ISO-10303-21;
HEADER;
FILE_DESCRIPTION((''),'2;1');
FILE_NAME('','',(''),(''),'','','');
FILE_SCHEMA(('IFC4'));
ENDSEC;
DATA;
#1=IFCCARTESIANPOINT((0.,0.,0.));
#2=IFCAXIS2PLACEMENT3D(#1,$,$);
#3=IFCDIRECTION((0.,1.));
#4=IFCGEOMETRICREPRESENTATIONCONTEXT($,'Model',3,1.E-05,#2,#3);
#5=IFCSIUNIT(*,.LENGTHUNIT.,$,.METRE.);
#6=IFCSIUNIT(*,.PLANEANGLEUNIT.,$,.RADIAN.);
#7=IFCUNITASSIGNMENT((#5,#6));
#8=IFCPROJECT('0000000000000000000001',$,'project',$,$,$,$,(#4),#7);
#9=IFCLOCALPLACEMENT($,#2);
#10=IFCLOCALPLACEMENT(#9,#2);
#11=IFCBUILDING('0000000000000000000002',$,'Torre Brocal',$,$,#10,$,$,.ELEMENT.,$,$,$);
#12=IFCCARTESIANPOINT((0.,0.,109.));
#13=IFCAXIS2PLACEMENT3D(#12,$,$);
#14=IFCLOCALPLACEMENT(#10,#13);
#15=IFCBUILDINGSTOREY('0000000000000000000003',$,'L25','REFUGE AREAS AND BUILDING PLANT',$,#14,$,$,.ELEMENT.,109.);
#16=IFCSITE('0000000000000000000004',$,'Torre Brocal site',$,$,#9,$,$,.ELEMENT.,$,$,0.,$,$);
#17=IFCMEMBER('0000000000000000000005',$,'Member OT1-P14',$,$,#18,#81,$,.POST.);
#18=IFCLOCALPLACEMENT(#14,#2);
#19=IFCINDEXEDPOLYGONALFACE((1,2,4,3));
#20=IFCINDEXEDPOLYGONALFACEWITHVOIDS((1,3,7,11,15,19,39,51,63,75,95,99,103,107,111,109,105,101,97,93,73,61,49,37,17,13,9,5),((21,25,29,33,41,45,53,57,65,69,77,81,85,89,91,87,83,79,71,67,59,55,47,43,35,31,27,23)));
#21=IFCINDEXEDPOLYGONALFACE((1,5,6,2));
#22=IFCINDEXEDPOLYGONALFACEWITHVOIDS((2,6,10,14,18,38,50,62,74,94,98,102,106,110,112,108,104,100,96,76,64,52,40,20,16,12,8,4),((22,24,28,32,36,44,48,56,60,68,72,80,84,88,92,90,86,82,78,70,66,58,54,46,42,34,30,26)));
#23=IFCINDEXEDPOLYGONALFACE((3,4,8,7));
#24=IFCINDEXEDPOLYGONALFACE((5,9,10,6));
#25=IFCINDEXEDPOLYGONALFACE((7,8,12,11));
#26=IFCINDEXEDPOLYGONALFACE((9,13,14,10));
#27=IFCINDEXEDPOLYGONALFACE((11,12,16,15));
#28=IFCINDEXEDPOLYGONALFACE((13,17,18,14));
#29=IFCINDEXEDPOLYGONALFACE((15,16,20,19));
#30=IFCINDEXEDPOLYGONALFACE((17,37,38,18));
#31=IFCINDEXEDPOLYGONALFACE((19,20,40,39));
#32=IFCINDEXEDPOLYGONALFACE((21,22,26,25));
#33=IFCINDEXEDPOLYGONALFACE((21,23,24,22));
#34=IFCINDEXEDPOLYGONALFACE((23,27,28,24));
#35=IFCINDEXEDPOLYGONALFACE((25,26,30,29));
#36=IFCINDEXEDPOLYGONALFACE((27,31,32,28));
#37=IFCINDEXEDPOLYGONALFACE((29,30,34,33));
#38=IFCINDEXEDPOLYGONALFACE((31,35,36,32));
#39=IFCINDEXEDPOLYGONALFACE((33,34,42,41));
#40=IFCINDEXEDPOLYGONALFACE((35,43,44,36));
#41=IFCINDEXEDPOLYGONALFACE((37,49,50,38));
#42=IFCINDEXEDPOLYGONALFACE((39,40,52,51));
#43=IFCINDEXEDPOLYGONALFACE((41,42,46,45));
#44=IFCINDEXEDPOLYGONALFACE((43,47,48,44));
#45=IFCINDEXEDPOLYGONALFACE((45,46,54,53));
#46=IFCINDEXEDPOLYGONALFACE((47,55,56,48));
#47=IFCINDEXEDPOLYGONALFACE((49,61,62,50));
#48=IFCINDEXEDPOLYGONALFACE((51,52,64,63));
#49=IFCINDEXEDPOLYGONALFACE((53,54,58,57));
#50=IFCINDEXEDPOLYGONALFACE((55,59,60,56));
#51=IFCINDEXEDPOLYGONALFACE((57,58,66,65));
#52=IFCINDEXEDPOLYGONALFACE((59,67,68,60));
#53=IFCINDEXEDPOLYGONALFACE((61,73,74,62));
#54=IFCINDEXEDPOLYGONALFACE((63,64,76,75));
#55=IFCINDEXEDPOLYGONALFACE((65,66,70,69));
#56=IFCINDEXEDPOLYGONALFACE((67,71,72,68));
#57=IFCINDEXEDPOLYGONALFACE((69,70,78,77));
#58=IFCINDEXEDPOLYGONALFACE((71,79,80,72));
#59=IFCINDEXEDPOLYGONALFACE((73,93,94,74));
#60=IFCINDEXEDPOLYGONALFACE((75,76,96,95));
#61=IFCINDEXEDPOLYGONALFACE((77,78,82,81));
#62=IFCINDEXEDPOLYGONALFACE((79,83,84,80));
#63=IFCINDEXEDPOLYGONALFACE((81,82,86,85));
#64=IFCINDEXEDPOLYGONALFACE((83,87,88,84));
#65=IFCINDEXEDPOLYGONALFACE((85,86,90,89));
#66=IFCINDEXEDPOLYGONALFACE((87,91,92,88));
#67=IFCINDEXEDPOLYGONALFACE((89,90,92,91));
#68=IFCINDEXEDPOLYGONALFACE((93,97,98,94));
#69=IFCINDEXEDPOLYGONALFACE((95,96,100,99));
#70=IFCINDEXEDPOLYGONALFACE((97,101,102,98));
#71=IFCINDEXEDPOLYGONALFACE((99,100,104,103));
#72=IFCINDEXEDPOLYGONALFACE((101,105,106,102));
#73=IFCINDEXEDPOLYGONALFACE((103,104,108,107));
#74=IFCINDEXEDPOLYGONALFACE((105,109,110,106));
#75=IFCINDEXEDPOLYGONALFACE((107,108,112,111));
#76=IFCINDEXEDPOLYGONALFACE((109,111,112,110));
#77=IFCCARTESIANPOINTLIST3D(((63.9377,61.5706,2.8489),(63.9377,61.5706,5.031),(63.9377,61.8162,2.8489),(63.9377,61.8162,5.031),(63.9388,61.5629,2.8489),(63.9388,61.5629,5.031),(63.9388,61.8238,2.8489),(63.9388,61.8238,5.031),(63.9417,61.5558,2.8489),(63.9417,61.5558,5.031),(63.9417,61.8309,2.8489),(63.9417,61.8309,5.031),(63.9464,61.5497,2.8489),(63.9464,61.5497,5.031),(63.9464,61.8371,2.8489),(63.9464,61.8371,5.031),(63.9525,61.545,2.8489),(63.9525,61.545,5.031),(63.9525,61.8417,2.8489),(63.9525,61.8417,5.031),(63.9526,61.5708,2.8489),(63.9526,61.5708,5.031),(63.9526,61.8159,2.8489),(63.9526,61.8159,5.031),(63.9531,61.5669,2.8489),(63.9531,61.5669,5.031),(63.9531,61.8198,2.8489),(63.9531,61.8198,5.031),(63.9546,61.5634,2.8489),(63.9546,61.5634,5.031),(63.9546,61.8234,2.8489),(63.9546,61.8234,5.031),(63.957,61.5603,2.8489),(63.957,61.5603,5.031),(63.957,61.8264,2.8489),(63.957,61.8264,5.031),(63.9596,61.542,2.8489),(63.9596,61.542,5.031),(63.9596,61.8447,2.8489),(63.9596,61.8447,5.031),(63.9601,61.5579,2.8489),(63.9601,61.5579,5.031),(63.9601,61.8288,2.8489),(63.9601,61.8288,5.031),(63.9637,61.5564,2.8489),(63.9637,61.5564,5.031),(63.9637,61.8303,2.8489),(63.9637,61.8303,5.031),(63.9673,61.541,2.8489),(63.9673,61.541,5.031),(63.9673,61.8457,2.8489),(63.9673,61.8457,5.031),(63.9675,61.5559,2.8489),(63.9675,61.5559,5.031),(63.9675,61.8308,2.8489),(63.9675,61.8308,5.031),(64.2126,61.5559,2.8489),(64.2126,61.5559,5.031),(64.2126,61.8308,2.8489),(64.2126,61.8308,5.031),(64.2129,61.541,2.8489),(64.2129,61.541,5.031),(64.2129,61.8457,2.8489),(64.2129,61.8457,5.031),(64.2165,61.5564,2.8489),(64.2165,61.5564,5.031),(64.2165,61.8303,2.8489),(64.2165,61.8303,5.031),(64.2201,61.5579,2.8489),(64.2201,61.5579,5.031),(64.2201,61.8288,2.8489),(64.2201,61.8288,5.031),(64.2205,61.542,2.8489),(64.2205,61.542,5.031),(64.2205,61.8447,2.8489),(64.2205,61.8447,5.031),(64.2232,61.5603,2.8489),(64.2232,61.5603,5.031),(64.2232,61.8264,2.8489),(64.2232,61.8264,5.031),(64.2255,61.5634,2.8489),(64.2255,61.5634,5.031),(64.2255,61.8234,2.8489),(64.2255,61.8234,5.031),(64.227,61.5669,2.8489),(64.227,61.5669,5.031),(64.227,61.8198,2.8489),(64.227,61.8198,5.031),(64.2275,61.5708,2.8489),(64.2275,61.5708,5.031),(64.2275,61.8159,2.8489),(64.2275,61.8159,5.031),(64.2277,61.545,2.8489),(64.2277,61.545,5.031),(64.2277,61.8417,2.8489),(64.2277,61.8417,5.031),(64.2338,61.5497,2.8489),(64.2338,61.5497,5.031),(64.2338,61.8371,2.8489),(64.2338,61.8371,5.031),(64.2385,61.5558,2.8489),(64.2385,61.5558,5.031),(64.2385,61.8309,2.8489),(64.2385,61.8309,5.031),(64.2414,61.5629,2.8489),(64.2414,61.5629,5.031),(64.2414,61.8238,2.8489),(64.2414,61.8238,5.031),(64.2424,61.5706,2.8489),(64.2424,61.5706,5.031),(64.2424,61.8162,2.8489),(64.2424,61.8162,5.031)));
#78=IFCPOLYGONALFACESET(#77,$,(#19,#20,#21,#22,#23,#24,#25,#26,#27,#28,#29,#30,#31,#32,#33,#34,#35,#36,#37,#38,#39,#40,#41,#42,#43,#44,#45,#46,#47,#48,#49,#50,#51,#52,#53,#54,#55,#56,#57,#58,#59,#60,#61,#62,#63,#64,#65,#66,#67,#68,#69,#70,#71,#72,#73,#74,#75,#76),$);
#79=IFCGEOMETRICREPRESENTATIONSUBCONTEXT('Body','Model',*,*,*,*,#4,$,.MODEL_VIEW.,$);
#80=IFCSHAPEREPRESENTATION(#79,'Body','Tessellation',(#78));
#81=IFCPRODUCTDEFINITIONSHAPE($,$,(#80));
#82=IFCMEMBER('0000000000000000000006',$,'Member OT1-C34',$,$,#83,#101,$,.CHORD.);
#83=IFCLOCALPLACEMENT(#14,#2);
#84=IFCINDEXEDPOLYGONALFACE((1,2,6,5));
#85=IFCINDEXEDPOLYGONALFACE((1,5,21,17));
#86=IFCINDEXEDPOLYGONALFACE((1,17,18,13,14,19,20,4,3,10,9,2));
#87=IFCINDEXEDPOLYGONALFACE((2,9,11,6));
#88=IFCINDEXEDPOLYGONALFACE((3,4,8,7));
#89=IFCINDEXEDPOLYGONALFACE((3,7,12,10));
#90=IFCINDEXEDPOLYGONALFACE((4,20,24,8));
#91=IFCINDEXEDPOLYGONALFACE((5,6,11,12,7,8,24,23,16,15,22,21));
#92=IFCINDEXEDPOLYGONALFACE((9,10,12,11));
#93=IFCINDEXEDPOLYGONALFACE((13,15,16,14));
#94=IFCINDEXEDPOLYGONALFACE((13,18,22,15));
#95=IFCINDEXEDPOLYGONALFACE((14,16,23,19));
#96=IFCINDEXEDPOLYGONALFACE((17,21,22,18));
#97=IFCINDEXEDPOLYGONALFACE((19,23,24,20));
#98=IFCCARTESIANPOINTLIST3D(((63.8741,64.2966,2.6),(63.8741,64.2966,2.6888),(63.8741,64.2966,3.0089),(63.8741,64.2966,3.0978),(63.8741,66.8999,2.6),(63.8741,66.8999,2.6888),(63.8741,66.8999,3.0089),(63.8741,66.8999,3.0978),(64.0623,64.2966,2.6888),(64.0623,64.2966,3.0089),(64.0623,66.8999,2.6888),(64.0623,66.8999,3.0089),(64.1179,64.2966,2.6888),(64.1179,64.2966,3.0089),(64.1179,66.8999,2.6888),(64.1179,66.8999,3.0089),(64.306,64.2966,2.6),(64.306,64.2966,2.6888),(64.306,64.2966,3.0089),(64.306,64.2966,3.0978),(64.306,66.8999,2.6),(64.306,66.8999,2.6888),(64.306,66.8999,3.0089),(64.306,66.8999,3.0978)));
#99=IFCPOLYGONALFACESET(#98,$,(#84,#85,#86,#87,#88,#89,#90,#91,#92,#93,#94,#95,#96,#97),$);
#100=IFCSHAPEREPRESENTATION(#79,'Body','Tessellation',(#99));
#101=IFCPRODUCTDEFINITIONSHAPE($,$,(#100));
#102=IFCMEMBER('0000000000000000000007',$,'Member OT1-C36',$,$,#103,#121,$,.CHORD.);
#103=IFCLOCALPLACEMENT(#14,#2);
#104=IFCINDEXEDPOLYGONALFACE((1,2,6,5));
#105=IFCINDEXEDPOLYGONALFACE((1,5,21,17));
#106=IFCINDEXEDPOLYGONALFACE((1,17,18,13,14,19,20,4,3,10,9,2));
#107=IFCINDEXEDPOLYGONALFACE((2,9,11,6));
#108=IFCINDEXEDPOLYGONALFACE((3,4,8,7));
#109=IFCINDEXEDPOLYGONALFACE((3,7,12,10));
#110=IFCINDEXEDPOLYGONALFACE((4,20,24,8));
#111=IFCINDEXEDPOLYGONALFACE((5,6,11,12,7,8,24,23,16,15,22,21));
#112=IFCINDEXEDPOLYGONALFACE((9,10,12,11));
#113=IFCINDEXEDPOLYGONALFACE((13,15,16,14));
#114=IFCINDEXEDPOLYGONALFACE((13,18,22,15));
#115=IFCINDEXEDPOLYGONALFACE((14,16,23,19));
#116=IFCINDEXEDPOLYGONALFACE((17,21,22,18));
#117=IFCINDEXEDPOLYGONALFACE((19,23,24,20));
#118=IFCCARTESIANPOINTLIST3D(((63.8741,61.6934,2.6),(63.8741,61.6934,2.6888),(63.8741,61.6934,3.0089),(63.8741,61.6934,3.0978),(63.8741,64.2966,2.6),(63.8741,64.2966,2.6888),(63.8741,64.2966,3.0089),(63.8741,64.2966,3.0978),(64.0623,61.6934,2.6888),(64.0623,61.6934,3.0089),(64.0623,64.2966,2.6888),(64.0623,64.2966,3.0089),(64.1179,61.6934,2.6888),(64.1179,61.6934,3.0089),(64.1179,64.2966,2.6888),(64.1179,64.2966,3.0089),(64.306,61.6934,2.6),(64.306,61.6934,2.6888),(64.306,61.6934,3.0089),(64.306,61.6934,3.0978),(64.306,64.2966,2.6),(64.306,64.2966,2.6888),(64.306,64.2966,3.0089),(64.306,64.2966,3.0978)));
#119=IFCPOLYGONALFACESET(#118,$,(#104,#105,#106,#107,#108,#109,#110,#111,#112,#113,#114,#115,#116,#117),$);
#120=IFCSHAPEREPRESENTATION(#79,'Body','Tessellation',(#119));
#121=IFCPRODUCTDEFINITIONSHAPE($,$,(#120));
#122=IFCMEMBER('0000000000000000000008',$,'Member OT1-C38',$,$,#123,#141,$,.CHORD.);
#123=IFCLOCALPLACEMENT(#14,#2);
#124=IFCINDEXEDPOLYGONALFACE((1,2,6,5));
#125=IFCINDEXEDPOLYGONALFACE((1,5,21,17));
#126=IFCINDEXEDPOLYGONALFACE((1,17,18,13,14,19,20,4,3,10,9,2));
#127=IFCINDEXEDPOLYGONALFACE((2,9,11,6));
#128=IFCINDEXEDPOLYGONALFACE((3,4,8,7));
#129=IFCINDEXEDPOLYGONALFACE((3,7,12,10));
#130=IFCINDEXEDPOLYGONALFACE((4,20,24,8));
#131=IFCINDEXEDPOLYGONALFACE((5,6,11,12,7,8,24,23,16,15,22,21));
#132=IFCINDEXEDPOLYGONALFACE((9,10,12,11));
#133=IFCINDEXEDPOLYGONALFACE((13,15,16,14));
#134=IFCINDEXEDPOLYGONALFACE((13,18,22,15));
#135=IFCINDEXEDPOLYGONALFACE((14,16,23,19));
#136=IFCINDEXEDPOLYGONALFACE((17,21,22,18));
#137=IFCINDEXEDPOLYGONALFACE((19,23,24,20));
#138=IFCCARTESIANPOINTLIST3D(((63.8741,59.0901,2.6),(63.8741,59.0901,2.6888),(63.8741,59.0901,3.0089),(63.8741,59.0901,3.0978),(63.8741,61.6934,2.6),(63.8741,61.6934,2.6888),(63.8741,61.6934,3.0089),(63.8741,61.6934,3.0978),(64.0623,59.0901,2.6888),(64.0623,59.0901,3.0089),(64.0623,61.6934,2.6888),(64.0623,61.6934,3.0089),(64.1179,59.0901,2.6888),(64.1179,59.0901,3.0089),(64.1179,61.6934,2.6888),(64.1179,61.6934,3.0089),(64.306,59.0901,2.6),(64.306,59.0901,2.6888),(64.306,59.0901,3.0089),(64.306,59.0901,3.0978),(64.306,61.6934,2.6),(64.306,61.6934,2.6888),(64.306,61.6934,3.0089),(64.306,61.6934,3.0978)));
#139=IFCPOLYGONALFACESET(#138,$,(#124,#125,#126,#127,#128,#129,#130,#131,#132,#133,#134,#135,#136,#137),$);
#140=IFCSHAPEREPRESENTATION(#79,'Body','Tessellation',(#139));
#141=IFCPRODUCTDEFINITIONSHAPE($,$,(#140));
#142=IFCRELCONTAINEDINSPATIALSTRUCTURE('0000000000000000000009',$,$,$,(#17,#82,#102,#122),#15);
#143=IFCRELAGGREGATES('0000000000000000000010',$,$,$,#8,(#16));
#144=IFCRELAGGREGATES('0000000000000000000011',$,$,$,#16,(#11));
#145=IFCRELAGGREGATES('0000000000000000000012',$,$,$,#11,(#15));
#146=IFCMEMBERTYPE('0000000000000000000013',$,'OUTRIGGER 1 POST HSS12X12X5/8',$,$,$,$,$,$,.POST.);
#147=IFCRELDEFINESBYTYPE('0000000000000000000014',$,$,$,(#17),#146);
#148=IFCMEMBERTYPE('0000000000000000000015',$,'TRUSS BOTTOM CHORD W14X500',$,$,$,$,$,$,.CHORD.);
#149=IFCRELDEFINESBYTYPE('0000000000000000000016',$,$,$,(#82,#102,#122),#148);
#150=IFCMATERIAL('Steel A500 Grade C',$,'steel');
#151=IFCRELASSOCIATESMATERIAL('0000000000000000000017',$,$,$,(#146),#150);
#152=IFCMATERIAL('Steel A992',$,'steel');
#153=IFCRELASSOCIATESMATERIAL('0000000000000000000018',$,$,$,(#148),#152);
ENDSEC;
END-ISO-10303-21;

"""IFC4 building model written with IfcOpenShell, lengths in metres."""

from ifc_helpers import new_model, si_unit, direction, frame, origin, origin_2d, place, context, subcontext, project, spatial, hollow_rectangle, i_section, extrude, material, material_profile, profile_set, type_object, element, save


model = new_model("IFC4")

# Units and contexts
model_context = context("Model", 3, precision=1e-05, world=origin(), true_north=direction((0.0, 1.0)))
body_context = subcontext(model_context, "Body", "Model", "MODEL_VIEW")
ifc_project = project(units=[si_unit("LENGTHUNIT", "METRE"), si_unit("PLANEANGLEUNIT", "RADIAN")], contexts=[model_context])

# Site, building, storey
site_placement = place(None, origin())
site = spatial("IfcSite", under=ifc_project, at=site_placement, Name="Torre Brocal site", CompositionType="ELEMENT", RefElevation=0.0)
building_placement = place(site_placement, origin())
building = spatial("IfcBuilding", under=site, at=building_placement, Name="Torre Brocal", CompositionType="ELEMENT")
storey_placement = place(building_placement, frame((0.0, 0.0, 109.0)))
storey = spatial("IfcBuildingStorey", under=building, at=storey_placement, Name="L25", Description="REFUGE AREAS AND BUILDING PLANT", CompositionType="ELEMENT", Elevation=109.0)

# Members
ifc_material_1 = material(Name="Steel A500 Grade C", Category="steel")
ifc_material_profile_1 = material_profile(ifc_material_1, hollow_rectangle(XDim=0.3047, YDim=0.3047, WallThickness=0.0149, InnerFilletRadius=0.0149, OuterFilletRadius=0.0295, at=origin_2d()), Name="HSS12X12X5/8")
ifc_profile_set_1 = profile_set([ifc_material_profile_1], Name="Steel A500 Grade C")
member_type_1 = type_object("IfcMemberType", Name="OUTRIGGER 1 POST HSS12X12X5/8", PredefinedType="POST", material=ifc_profile_set_1)
for number, where, z_axis, x_axis, name in (
    (1, (64.0901, 61.6934, 2.8489), (0.0, 0.0, 1.0), (1.0, 0.0, 0.0), "Member OT1-P14"),
):
    element("IfcMember", number, at=place(storey_placement, frame(where, z_axis=z_axis, x_axis=x_axis)), inside=storey, type_object=member_type_1, Name=name, PredefinedType="POST", context=body_context, shape_type="SweptSolid", body=[
        extrude(hollow_rectangle(XDim=0.3047, YDim=0.3047, WallThickness=0.0149, InnerFilletRadius=0.0149, OuterFilletRadius=0.0295, at=origin_2d()), origin(), (0.0, 0.0, 1.0), 2.1821),
    ])
ifc_material_2 = material(Name="Steel A992", Category="steel")
ifc_material_profile_2 = material_profile(ifc_material_2, i_section(OverallWidth=0.4319, OverallDepth=0.4978, WebThickness=0.0557, FlangeThickness=0.0889, at=origin_2d()), Name="W14X500")
ifc_profile_set_2 = profile_set([ifc_material_profile_2], Name="Steel A992")
member_type_2 = type_object("IfcMemberType", Name="TRUSS BOTTOM CHORD W14X500", PredefinedType="CHORD", material=ifc_profile_set_2)
for number, where, z_axis, x_axis, name in (
    (2, (64.0901, 66.8999, 2.8489), (0.0, -1.0, 0.0), (1.0, 0.0, 0.0), "Member OT1-C34"),
    (3, (64.0901, 64.2966, 2.8489), (0.0, -1.0, 0.0), (1.0, 0.0, 0.0), "Member OT1-C36"),
    (4, (64.0901, 61.6934, 2.8489), (0.0, -1.0, 0.0), (1.0, 0.0, 0.0), "Member OT1-C38"),
):
    element("IfcMember", number, at=place(storey_placement, frame(where, z_axis=z_axis, x_axis=x_axis)), inside=storey, type_object=member_type_2, Name=name, PredefinedType="CHORD", context=body_context, shape_type="SweptSolid", body=[
        extrude(i_section(OverallWidth=0.4319, OverallDepth=0.4978, WebThickness=0.0557, FlangeThickness=0.0889, at=origin_2d()), origin(), (0.0, 0.0, 1.0), 2.6033),
    ])

save(model, "model.ifc")
